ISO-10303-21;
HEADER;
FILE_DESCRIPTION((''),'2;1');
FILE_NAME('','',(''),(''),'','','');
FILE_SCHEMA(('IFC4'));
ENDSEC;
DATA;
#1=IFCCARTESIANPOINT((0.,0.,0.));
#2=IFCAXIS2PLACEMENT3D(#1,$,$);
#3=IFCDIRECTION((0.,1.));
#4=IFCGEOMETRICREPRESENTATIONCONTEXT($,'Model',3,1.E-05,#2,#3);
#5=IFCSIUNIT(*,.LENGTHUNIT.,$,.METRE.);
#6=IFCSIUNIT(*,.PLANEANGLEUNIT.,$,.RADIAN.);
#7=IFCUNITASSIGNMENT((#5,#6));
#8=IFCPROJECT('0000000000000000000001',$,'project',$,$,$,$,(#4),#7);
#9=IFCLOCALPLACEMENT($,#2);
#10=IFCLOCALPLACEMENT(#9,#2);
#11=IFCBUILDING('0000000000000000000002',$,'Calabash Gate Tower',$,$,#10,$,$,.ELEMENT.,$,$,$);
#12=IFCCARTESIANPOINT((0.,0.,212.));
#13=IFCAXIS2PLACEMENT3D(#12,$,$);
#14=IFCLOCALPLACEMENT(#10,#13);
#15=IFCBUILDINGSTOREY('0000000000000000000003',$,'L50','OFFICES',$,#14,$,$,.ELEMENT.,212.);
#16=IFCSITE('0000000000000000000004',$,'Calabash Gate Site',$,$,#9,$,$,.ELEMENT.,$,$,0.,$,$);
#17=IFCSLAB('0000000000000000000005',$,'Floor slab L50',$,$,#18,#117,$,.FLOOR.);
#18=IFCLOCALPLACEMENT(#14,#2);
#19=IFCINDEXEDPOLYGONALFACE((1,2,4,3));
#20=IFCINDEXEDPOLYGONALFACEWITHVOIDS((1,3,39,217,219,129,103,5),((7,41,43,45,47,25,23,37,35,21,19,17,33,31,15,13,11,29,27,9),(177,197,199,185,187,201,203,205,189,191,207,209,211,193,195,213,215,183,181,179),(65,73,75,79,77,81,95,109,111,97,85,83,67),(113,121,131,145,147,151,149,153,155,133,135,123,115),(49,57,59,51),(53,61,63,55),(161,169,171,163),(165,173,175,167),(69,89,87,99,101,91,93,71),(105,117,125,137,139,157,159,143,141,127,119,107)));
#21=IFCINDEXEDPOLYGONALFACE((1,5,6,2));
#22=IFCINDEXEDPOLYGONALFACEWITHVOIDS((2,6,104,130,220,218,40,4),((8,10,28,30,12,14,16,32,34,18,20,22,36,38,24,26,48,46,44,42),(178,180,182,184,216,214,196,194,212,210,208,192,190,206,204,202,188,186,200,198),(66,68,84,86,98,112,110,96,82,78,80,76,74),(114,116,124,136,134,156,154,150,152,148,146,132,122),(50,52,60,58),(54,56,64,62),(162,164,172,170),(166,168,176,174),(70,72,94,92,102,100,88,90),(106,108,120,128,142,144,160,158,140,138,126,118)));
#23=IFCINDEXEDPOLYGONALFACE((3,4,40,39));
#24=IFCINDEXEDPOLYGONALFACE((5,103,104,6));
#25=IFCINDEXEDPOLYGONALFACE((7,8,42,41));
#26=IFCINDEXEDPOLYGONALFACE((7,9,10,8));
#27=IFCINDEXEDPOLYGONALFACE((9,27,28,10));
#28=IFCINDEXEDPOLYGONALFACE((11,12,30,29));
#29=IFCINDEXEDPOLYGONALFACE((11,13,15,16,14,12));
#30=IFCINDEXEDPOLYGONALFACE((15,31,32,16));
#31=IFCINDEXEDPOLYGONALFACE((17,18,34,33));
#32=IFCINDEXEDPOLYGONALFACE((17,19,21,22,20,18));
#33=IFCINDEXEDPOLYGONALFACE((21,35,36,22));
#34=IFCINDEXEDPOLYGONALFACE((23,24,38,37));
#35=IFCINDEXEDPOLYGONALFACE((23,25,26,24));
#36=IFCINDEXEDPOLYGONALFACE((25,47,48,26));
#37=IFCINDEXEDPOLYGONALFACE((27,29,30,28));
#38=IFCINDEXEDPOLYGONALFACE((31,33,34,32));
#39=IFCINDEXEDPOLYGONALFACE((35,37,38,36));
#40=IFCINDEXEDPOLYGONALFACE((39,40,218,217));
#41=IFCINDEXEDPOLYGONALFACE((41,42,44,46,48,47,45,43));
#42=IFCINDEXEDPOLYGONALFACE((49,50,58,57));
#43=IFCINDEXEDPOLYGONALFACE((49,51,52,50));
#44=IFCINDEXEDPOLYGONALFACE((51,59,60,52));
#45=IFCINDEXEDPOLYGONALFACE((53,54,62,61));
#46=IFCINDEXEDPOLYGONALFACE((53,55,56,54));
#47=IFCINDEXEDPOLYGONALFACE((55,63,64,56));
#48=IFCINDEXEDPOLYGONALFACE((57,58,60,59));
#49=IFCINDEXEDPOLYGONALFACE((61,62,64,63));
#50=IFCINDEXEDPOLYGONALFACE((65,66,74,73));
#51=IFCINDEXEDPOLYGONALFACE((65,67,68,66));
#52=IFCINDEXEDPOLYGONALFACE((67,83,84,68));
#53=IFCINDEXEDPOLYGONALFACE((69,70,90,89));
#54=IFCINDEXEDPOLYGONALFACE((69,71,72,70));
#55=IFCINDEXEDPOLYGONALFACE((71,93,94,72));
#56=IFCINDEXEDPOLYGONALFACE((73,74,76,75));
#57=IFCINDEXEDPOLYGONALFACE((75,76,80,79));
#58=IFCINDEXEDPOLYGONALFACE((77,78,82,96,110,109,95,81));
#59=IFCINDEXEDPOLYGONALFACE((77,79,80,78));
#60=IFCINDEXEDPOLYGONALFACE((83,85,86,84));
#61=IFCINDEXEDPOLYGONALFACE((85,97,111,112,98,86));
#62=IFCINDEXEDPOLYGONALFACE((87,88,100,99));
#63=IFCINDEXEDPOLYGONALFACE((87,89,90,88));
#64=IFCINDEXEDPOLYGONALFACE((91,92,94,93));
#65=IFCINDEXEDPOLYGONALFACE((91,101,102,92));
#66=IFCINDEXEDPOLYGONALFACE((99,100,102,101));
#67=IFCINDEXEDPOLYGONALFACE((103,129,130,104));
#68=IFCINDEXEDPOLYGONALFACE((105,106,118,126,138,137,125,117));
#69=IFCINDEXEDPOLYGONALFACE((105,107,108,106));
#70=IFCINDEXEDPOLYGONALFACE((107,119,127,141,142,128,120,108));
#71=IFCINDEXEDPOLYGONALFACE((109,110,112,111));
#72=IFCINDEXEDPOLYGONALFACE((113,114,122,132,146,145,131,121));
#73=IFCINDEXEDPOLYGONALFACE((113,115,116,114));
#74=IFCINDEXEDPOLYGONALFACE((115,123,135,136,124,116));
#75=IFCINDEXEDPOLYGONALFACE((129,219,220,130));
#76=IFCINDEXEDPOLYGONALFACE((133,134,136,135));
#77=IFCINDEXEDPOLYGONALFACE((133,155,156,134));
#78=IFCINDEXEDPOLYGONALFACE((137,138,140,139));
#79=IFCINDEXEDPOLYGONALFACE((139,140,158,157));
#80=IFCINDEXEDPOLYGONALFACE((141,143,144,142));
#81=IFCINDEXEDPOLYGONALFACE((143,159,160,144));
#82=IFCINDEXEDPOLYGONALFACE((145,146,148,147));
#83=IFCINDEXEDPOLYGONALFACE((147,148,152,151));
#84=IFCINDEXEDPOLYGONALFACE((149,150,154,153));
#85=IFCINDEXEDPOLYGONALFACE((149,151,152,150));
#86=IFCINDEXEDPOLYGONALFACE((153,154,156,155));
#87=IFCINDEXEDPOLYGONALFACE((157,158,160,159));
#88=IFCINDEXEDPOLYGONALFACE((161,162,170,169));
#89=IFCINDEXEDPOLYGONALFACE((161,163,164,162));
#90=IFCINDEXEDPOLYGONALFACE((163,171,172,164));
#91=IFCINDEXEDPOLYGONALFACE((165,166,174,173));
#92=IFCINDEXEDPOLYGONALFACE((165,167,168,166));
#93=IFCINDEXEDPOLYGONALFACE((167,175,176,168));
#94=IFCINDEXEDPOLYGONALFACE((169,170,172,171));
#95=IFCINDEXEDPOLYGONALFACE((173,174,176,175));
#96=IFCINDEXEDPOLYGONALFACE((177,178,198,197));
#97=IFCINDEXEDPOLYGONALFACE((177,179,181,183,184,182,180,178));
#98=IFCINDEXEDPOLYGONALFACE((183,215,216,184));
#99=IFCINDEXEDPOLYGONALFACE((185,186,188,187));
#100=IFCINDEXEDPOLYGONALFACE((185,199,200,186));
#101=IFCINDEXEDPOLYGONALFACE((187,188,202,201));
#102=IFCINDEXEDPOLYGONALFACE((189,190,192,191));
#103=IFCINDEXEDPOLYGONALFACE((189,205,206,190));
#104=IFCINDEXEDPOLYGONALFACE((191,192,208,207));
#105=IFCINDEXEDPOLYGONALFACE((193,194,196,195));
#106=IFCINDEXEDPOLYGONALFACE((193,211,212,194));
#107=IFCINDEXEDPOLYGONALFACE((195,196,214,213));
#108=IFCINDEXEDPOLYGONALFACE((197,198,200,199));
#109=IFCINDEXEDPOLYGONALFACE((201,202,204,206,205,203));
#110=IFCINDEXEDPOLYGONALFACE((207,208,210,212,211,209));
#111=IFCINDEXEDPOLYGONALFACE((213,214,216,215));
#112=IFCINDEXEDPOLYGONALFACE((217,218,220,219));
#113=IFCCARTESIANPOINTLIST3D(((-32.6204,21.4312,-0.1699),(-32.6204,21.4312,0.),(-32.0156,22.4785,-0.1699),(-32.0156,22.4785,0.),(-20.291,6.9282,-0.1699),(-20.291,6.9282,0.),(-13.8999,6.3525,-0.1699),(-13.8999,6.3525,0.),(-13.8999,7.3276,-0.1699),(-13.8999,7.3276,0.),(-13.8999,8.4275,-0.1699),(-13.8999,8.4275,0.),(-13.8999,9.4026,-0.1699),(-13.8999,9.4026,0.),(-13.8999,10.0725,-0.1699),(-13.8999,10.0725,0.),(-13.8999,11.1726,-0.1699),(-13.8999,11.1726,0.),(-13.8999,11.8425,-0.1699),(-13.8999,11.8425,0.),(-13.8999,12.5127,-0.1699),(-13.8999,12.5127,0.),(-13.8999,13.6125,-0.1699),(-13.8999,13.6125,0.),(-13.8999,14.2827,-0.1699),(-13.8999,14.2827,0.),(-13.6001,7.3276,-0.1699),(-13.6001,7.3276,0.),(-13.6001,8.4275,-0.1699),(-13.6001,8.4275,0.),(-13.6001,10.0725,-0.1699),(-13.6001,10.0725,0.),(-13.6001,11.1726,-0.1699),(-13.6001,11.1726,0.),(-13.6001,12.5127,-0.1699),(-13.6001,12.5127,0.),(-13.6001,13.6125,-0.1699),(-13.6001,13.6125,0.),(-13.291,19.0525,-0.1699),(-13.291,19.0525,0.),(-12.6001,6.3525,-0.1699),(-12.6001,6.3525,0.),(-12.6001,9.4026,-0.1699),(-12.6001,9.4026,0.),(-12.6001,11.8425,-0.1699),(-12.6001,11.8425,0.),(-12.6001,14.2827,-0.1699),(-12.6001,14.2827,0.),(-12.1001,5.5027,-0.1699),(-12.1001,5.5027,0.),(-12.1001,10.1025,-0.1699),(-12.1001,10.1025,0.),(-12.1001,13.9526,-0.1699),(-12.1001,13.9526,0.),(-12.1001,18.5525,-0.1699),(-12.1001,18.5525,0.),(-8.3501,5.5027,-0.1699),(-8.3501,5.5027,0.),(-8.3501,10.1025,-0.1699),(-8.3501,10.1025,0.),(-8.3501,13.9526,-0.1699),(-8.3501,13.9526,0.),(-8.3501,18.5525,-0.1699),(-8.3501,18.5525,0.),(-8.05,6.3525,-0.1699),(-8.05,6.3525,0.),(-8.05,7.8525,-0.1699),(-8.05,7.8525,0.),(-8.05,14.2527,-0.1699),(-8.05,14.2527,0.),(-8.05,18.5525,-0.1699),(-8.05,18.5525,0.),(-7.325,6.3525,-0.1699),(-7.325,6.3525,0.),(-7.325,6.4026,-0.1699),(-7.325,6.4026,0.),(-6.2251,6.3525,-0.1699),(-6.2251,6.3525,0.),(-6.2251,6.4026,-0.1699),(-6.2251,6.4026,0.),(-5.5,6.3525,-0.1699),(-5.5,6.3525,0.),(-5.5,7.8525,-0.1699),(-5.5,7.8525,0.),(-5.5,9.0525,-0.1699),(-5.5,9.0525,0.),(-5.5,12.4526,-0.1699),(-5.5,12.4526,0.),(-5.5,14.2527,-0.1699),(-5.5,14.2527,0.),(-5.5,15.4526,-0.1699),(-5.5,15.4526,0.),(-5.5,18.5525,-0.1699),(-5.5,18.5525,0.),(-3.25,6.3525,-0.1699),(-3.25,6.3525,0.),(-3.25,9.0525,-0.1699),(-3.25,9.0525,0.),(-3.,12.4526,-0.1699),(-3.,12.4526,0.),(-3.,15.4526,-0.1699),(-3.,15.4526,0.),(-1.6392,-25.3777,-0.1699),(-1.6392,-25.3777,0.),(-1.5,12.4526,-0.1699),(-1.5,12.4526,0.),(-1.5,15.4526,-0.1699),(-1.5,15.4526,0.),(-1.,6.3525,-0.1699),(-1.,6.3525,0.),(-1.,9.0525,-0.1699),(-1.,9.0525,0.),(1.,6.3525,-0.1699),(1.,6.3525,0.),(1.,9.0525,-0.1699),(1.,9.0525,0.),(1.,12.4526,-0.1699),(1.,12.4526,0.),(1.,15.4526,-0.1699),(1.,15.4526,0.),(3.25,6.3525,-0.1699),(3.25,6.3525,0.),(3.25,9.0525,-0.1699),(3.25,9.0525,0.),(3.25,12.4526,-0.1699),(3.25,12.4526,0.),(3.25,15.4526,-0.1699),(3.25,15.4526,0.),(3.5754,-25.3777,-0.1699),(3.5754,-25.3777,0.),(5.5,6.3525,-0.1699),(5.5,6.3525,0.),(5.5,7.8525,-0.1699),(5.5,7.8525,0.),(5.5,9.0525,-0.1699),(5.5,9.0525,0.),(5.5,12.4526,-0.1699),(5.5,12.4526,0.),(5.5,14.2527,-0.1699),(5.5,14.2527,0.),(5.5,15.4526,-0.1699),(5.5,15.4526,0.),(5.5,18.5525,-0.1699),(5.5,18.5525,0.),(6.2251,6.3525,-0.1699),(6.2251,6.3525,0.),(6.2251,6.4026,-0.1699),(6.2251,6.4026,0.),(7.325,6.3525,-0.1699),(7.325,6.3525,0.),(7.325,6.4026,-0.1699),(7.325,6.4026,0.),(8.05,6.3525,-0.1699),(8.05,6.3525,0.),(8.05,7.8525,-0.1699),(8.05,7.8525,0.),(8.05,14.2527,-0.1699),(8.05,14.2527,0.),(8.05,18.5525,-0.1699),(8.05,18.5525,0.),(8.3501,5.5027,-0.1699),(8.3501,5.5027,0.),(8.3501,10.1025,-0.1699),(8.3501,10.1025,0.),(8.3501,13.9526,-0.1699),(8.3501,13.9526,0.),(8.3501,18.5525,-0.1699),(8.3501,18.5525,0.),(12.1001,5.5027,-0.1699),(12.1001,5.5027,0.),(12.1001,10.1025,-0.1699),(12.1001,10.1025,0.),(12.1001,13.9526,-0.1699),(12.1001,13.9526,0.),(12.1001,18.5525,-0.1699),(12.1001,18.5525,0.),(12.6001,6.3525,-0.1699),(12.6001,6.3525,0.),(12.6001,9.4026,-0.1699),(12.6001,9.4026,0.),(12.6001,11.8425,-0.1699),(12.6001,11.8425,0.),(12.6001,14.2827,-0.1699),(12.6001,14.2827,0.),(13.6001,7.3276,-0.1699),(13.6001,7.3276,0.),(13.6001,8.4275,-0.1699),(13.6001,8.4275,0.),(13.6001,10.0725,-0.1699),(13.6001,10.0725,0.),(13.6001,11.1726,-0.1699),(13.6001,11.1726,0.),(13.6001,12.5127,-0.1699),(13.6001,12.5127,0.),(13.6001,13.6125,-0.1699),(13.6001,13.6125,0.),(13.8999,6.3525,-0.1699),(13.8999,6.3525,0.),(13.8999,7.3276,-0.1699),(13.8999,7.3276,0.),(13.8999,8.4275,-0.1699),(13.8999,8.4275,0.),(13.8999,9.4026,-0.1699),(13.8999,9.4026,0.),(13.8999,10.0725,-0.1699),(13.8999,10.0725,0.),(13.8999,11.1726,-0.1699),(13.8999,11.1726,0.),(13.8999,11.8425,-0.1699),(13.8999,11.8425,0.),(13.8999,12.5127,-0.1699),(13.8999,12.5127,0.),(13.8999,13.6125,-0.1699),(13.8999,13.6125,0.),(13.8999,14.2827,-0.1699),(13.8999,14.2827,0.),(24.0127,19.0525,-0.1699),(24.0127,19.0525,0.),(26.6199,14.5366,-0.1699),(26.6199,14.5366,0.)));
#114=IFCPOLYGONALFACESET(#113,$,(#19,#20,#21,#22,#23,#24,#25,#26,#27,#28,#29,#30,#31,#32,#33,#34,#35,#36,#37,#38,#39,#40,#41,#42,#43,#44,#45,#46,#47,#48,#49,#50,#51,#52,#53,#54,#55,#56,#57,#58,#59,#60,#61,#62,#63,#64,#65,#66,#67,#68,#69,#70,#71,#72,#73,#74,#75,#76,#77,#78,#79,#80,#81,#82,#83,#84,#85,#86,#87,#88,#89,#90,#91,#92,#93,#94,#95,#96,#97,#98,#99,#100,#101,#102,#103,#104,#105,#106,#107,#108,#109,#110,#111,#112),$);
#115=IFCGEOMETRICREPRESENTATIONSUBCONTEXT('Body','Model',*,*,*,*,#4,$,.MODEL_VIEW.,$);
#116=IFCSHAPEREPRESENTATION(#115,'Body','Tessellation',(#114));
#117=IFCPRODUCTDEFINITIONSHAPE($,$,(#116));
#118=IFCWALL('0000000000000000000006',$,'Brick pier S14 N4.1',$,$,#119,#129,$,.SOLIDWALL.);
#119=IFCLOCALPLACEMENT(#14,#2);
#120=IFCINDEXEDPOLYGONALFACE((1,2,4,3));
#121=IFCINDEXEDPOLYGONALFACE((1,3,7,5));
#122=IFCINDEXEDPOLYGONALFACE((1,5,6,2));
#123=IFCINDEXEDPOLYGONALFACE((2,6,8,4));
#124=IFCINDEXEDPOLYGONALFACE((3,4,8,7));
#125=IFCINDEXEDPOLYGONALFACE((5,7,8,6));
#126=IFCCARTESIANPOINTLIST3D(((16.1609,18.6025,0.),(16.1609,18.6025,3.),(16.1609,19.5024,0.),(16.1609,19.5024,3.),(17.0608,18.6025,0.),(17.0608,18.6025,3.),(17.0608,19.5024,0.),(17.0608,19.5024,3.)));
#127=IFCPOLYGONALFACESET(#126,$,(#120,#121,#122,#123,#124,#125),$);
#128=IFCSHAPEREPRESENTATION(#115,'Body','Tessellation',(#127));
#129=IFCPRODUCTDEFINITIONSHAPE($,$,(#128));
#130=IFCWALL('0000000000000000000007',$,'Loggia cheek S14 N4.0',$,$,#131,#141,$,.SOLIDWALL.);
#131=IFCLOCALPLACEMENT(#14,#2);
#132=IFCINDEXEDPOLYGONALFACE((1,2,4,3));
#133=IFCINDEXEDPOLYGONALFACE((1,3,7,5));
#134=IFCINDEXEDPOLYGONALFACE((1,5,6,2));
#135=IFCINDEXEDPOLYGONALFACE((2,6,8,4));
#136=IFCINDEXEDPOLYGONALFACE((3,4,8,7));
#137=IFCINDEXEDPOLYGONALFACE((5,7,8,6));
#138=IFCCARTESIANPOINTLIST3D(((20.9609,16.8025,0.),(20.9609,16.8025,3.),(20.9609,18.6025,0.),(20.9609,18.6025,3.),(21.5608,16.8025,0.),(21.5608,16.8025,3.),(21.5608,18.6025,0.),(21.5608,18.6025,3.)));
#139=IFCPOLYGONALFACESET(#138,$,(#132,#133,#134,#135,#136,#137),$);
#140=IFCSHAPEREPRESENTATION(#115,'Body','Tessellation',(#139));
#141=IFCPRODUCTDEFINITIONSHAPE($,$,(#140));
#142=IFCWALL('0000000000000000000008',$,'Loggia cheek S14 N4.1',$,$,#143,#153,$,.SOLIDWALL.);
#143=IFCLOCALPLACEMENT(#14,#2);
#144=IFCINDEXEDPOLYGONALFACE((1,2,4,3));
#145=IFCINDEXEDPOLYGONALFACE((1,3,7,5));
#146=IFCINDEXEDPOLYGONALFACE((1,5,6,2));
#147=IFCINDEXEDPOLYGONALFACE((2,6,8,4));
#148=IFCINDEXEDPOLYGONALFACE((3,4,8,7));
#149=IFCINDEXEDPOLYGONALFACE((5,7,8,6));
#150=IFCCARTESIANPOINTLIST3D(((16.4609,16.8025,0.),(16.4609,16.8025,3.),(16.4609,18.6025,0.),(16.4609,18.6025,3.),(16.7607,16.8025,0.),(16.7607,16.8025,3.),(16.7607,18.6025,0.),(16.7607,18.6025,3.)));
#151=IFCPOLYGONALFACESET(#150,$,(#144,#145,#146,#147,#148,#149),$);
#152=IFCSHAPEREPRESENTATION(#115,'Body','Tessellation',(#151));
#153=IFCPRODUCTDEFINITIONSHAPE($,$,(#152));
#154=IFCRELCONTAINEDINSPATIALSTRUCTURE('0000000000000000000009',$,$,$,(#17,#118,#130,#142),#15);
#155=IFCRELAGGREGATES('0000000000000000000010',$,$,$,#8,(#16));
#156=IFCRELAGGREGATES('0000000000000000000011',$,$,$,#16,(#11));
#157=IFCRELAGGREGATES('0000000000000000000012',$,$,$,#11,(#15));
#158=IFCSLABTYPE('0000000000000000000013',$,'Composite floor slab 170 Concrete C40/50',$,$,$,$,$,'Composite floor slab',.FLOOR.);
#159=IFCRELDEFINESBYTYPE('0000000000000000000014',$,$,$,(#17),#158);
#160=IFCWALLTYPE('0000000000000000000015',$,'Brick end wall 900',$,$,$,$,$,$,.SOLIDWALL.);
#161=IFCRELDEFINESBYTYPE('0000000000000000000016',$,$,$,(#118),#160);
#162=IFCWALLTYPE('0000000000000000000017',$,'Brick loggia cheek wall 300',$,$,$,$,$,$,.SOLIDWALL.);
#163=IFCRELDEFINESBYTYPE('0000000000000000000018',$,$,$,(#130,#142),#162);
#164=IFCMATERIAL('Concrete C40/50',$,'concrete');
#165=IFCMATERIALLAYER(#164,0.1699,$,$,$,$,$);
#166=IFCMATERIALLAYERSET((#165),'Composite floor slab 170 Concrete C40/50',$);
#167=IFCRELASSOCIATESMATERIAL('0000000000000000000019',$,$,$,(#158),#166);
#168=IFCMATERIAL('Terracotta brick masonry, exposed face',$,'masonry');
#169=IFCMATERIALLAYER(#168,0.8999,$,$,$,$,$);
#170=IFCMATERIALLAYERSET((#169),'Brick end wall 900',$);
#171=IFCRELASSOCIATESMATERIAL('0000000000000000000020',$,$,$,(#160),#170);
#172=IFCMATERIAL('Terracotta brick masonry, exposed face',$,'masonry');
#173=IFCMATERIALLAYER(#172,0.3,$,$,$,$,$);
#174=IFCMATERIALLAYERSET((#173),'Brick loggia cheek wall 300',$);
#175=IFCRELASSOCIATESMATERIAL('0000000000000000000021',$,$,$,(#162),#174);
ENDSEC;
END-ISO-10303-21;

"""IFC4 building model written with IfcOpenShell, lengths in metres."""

from ifc_helpers import new_model, si_unit, direction, frame, origin, place, context, subcontext, project, spatial, polyline, outline, extrude, material, layer, layer_set, type_object, element, save


model = new_model("IFC4")

# Units and contexts
model_context = context("Model", 3, precision=1e-05, world=origin(), true_north=direction((0.0, 1.0)))
body_context = subcontext(model_context, "Body", "Model", "MODEL_VIEW")
ifc_project = project(units=[si_unit("LENGTHUNIT", "METRE"), si_unit("PLANEANGLEUNIT", "RADIAN")], contexts=[model_context])

# Site, building, storey
site_placement = place(None, origin())
site = spatial("IfcSite", under=ifc_project, at=site_placement, Name="Calabash Gate Site", CompositionType="ELEMENT", RefElevation=0.0)
building_placement = place(site_placement, origin())
building = spatial("IfcBuilding", under=site, at=building_placement, Name="Calabash Gate Tower", CompositionType="ELEMENT")
storey_placement = place(building_placement, frame((0.0, 0.0, 212.0)))
storey = spatial("IfcBuildingStorey", under=building, at=storey_placement, Name="L50", Description="OFFICES", CompositionType="ELEMENT", Elevation=212.0)

# Slab
ifc_material_1 = material(Name="Concrete C40/50", Category="concrete")
ifc_layer_1 = layer(ifc_material_1, 0.1699)
ifc_layer_set_1 = layer_set([ifc_layer_1], Name="Composite floor slab 170 Concrete C40/50")
slab_type = type_object("IfcSlabType", Name="Composite floor slab 170 Concrete C40/50", ElementType="Composite floor slab", PredefinedType="FLOOR", material=ifc_layer_set_1)
slab_placement = place(storey_placement, frame((0.0, 0.0, -0.1699)))
element("IfcSlab", 1, at=slab_placement, inside=storey, type_object=slab_type, Name="Floor slab L50", PredefinedType="FLOOR", context=body_context, shape_type="SweptSolid", body=[
    extrude(outline(polyline([(3.5754, -25.3777), (-1.6392, -25.3777), (-20.291, 6.9282), (-32.6204, 21.4312), (-32.0156, 22.4785), (-13.291, 19.0525), (24.0127, 19.0525), (26.6199, 14.5366), (3.5754, -25.3777)]), holes=[polyline([(-7.325, 6.3525), (-7.325, 6.4026), (-6.2251, 6.4026), (-6.2251, 6.3525), (-5.5, 6.3525), (-3.25, 6.3525), (-1.0, 6.3525), (-1.0, 9.0525), (-3.25, 9.0525), (-5.5, 9.0525), (-5.5, 7.8525), (-8.05, 7.8525), (-8.05, 6.3525), (-7.325, 6.3525)]), polyline([(8.05, 6.3525), (8.05, 7.8525), (5.5, 7.8525), (5.5, 9.0525), (3.25, 9.0525), (1.0, 9.0525), (1.0, 6.3525), (3.25, 6.3525), (5.5, 6.3525), (6.2251, 6.3525), (6.2251, 6.4026), (7.325, 6.4026), (7.325, 6.3525), (8.05, 6.3525)]), polyline([(-8.05, 18.5525), (-8.05, 14.2527), (-5.5, 14.2527), (-5.5, 12.4526), (-3.0, 12.4526), (-3.0, 15.4526), (-5.5, 15.4526), (-5.5, 18.5525), (-8.05, 18.5525)]), polyline([(5.5, 14.2527), (8.05, 14.2527), (8.05, 18.5525), (5.5, 18.5525), (5.5, 15.4526), (3.25, 15.4526), (1.0, 15.4526), (-1.5, 15.4526), (-1.5, 12.4526), (1.0, 12.4526), (3.25, 12.4526), (5.5, 12.4526), (5.5, 14.2527)]), polyline([(-12.1001, 13.9526), (-8.3501, 13.9526), (-8.3501, 18.5525), (-12.1001, 18.5525), (-12.1001, 13.9526)]), polyline([(-8.3501, 5.5027), (-8.3501, 10.1025), (-12.1001, 10.1025), (-12.1001, 5.5027), (-8.3501, 5.5027)]), polyline([(12.1001, 18.5525), (8.3501, 18.5525), (8.3501, 13.9526), (12.1001, 13.9526), (12.1001, 18.5525)]), polyline([(8.3501, 10.1025), (8.3501, 5.5027), (12.1001, 5.5027), (12.1001, 10.1025), (8.3501, 10.1025)]), polyline([(-13.8999, 6.3525), (-12.6001, 6.3525), (-12.6001, 9.4026), (-12.6001, 11.8425), (-12.6001, 14.2827), (-13.8999, 14.2827), (-13.8999, 13.6125), (-13.6001, 13.6125), (-13.6001, 12.5127), (-13.8999, 12.5127), (-13.8999, 11.8425), (-13.8999, 11.1726), (-13.6001, 11.1726), (-13.6001, 10.0725), (-13.8999, 10.0725), (-13.8999, 9.4026), (-13.8999, 8.4275), (-13.6001, 8.4275), (-13.6001, 7.3276), (-13.8999, 7.3276), (-13.8999, 6.3525)]), polyline([(13.6001, 7.3276), (13.6001, 8.4275), (13.8999, 8.4275), (13.8999, 9.4026), (13.8999, 10.0725), (13.6001, 10.0725), (13.6001, 11.1726), (13.8999, 11.1726), (13.8999, 11.8425), (13.8999, 12.5127), (13.6001, 12.5127), (13.6001, 13.6125), (13.8999, 13.6125), (13.8999, 14.2827), (12.6001, 14.2827), (12.6001, 11.8425), (12.6001, 9.4026), (12.6001, 6.3525), (13.8999, 6.3525), (13.8999, 7.3276), (13.6001, 7.3276)])]), origin(), (0.0, 0.0, 1.0), 0.1699),
])

# Walls
ifc_material_2 = material(Name="Terracotta brick masonry, exposed face", Category="masonry")
ifc_layer_2 = layer(ifc_material_2, 0.8999)
ifc_layer_set_2 = layer_set([ifc_layer_2], Name="Brick end wall 900")
wall_type_1 = type_object("IfcWallType", Name="Brick end wall 900", PredefinedType="SOLIDWALL", material=ifc_layer_set_2)
wall_1_placement = place(storey_placement, origin())
element("IfcWall", 2, at=wall_1_placement, inside=storey, type_object=wall_type_1, Name="Brick pier S14 N4.1", PredefinedType="SOLIDWALL", context=body_context, shape_type="SweptSolid", body=[
    extrude(outline(polyline([(17.0608, 19.5024), (16.1609, 19.5024), (16.1609, 18.6025), (17.0608, 18.6025), (17.0608, 19.5024)])), origin(), (0.0, 0.0, 1.0), 3.0),
])
ifc_material_3 = material(Name="Terracotta brick masonry, exposed face", Category="masonry")
ifc_layer_3 = layer(ifc_material_3, 0.3)
ifc_layer_set_3 = layer_set([ifc_layer_3], Name="Brick loggia cheek wall 300")
wall_type_2 = type_object("IfcWallType", Name="Brick loggia cheek wall 300", PredefinedType="SOLIDWALL", material=ifc_layer_set_3)
wall_2_placement = place(storey_placement, origin())
element("IfcWall", 3, at=wall_2_placement, inside=storey, type_object=wall_type_2, Name="Loggia cheek S14 N4.0", PredefinedType="SOLIDWALL", context=body_context, shape_type="SweptSolid", body=[
    extrude(outline(polyline([(21.5608, 16.8025), (21.5608, 18.6025), (20.9609, 18.6025), (20.9609, 16.8025), (21.5608, 16.8025)])), origin(), (0.0, 0.0, 1.0), 3.0),
])
wall_3_placement = place(storey_placement, origin())
element("IfcWall", 4, at=wall_3_placement, inside=storey, type_object=wall_type_2, Name="Loggia cheek S14 N4.1", PredefinedType="SOLIDWALL", context=body_context, shape_type="SweptSolid", body=[
    extrude(outline(polyline([(16.4609, 18.6025), (16.4609, 16.8025), (16.7607, 16.8025), (16.7607, 18.6025), (16.4609, 18.6025)])), origin(), (0.0, 0.0, 1.0), 3.0),
])

save(model, "model.ifc")
